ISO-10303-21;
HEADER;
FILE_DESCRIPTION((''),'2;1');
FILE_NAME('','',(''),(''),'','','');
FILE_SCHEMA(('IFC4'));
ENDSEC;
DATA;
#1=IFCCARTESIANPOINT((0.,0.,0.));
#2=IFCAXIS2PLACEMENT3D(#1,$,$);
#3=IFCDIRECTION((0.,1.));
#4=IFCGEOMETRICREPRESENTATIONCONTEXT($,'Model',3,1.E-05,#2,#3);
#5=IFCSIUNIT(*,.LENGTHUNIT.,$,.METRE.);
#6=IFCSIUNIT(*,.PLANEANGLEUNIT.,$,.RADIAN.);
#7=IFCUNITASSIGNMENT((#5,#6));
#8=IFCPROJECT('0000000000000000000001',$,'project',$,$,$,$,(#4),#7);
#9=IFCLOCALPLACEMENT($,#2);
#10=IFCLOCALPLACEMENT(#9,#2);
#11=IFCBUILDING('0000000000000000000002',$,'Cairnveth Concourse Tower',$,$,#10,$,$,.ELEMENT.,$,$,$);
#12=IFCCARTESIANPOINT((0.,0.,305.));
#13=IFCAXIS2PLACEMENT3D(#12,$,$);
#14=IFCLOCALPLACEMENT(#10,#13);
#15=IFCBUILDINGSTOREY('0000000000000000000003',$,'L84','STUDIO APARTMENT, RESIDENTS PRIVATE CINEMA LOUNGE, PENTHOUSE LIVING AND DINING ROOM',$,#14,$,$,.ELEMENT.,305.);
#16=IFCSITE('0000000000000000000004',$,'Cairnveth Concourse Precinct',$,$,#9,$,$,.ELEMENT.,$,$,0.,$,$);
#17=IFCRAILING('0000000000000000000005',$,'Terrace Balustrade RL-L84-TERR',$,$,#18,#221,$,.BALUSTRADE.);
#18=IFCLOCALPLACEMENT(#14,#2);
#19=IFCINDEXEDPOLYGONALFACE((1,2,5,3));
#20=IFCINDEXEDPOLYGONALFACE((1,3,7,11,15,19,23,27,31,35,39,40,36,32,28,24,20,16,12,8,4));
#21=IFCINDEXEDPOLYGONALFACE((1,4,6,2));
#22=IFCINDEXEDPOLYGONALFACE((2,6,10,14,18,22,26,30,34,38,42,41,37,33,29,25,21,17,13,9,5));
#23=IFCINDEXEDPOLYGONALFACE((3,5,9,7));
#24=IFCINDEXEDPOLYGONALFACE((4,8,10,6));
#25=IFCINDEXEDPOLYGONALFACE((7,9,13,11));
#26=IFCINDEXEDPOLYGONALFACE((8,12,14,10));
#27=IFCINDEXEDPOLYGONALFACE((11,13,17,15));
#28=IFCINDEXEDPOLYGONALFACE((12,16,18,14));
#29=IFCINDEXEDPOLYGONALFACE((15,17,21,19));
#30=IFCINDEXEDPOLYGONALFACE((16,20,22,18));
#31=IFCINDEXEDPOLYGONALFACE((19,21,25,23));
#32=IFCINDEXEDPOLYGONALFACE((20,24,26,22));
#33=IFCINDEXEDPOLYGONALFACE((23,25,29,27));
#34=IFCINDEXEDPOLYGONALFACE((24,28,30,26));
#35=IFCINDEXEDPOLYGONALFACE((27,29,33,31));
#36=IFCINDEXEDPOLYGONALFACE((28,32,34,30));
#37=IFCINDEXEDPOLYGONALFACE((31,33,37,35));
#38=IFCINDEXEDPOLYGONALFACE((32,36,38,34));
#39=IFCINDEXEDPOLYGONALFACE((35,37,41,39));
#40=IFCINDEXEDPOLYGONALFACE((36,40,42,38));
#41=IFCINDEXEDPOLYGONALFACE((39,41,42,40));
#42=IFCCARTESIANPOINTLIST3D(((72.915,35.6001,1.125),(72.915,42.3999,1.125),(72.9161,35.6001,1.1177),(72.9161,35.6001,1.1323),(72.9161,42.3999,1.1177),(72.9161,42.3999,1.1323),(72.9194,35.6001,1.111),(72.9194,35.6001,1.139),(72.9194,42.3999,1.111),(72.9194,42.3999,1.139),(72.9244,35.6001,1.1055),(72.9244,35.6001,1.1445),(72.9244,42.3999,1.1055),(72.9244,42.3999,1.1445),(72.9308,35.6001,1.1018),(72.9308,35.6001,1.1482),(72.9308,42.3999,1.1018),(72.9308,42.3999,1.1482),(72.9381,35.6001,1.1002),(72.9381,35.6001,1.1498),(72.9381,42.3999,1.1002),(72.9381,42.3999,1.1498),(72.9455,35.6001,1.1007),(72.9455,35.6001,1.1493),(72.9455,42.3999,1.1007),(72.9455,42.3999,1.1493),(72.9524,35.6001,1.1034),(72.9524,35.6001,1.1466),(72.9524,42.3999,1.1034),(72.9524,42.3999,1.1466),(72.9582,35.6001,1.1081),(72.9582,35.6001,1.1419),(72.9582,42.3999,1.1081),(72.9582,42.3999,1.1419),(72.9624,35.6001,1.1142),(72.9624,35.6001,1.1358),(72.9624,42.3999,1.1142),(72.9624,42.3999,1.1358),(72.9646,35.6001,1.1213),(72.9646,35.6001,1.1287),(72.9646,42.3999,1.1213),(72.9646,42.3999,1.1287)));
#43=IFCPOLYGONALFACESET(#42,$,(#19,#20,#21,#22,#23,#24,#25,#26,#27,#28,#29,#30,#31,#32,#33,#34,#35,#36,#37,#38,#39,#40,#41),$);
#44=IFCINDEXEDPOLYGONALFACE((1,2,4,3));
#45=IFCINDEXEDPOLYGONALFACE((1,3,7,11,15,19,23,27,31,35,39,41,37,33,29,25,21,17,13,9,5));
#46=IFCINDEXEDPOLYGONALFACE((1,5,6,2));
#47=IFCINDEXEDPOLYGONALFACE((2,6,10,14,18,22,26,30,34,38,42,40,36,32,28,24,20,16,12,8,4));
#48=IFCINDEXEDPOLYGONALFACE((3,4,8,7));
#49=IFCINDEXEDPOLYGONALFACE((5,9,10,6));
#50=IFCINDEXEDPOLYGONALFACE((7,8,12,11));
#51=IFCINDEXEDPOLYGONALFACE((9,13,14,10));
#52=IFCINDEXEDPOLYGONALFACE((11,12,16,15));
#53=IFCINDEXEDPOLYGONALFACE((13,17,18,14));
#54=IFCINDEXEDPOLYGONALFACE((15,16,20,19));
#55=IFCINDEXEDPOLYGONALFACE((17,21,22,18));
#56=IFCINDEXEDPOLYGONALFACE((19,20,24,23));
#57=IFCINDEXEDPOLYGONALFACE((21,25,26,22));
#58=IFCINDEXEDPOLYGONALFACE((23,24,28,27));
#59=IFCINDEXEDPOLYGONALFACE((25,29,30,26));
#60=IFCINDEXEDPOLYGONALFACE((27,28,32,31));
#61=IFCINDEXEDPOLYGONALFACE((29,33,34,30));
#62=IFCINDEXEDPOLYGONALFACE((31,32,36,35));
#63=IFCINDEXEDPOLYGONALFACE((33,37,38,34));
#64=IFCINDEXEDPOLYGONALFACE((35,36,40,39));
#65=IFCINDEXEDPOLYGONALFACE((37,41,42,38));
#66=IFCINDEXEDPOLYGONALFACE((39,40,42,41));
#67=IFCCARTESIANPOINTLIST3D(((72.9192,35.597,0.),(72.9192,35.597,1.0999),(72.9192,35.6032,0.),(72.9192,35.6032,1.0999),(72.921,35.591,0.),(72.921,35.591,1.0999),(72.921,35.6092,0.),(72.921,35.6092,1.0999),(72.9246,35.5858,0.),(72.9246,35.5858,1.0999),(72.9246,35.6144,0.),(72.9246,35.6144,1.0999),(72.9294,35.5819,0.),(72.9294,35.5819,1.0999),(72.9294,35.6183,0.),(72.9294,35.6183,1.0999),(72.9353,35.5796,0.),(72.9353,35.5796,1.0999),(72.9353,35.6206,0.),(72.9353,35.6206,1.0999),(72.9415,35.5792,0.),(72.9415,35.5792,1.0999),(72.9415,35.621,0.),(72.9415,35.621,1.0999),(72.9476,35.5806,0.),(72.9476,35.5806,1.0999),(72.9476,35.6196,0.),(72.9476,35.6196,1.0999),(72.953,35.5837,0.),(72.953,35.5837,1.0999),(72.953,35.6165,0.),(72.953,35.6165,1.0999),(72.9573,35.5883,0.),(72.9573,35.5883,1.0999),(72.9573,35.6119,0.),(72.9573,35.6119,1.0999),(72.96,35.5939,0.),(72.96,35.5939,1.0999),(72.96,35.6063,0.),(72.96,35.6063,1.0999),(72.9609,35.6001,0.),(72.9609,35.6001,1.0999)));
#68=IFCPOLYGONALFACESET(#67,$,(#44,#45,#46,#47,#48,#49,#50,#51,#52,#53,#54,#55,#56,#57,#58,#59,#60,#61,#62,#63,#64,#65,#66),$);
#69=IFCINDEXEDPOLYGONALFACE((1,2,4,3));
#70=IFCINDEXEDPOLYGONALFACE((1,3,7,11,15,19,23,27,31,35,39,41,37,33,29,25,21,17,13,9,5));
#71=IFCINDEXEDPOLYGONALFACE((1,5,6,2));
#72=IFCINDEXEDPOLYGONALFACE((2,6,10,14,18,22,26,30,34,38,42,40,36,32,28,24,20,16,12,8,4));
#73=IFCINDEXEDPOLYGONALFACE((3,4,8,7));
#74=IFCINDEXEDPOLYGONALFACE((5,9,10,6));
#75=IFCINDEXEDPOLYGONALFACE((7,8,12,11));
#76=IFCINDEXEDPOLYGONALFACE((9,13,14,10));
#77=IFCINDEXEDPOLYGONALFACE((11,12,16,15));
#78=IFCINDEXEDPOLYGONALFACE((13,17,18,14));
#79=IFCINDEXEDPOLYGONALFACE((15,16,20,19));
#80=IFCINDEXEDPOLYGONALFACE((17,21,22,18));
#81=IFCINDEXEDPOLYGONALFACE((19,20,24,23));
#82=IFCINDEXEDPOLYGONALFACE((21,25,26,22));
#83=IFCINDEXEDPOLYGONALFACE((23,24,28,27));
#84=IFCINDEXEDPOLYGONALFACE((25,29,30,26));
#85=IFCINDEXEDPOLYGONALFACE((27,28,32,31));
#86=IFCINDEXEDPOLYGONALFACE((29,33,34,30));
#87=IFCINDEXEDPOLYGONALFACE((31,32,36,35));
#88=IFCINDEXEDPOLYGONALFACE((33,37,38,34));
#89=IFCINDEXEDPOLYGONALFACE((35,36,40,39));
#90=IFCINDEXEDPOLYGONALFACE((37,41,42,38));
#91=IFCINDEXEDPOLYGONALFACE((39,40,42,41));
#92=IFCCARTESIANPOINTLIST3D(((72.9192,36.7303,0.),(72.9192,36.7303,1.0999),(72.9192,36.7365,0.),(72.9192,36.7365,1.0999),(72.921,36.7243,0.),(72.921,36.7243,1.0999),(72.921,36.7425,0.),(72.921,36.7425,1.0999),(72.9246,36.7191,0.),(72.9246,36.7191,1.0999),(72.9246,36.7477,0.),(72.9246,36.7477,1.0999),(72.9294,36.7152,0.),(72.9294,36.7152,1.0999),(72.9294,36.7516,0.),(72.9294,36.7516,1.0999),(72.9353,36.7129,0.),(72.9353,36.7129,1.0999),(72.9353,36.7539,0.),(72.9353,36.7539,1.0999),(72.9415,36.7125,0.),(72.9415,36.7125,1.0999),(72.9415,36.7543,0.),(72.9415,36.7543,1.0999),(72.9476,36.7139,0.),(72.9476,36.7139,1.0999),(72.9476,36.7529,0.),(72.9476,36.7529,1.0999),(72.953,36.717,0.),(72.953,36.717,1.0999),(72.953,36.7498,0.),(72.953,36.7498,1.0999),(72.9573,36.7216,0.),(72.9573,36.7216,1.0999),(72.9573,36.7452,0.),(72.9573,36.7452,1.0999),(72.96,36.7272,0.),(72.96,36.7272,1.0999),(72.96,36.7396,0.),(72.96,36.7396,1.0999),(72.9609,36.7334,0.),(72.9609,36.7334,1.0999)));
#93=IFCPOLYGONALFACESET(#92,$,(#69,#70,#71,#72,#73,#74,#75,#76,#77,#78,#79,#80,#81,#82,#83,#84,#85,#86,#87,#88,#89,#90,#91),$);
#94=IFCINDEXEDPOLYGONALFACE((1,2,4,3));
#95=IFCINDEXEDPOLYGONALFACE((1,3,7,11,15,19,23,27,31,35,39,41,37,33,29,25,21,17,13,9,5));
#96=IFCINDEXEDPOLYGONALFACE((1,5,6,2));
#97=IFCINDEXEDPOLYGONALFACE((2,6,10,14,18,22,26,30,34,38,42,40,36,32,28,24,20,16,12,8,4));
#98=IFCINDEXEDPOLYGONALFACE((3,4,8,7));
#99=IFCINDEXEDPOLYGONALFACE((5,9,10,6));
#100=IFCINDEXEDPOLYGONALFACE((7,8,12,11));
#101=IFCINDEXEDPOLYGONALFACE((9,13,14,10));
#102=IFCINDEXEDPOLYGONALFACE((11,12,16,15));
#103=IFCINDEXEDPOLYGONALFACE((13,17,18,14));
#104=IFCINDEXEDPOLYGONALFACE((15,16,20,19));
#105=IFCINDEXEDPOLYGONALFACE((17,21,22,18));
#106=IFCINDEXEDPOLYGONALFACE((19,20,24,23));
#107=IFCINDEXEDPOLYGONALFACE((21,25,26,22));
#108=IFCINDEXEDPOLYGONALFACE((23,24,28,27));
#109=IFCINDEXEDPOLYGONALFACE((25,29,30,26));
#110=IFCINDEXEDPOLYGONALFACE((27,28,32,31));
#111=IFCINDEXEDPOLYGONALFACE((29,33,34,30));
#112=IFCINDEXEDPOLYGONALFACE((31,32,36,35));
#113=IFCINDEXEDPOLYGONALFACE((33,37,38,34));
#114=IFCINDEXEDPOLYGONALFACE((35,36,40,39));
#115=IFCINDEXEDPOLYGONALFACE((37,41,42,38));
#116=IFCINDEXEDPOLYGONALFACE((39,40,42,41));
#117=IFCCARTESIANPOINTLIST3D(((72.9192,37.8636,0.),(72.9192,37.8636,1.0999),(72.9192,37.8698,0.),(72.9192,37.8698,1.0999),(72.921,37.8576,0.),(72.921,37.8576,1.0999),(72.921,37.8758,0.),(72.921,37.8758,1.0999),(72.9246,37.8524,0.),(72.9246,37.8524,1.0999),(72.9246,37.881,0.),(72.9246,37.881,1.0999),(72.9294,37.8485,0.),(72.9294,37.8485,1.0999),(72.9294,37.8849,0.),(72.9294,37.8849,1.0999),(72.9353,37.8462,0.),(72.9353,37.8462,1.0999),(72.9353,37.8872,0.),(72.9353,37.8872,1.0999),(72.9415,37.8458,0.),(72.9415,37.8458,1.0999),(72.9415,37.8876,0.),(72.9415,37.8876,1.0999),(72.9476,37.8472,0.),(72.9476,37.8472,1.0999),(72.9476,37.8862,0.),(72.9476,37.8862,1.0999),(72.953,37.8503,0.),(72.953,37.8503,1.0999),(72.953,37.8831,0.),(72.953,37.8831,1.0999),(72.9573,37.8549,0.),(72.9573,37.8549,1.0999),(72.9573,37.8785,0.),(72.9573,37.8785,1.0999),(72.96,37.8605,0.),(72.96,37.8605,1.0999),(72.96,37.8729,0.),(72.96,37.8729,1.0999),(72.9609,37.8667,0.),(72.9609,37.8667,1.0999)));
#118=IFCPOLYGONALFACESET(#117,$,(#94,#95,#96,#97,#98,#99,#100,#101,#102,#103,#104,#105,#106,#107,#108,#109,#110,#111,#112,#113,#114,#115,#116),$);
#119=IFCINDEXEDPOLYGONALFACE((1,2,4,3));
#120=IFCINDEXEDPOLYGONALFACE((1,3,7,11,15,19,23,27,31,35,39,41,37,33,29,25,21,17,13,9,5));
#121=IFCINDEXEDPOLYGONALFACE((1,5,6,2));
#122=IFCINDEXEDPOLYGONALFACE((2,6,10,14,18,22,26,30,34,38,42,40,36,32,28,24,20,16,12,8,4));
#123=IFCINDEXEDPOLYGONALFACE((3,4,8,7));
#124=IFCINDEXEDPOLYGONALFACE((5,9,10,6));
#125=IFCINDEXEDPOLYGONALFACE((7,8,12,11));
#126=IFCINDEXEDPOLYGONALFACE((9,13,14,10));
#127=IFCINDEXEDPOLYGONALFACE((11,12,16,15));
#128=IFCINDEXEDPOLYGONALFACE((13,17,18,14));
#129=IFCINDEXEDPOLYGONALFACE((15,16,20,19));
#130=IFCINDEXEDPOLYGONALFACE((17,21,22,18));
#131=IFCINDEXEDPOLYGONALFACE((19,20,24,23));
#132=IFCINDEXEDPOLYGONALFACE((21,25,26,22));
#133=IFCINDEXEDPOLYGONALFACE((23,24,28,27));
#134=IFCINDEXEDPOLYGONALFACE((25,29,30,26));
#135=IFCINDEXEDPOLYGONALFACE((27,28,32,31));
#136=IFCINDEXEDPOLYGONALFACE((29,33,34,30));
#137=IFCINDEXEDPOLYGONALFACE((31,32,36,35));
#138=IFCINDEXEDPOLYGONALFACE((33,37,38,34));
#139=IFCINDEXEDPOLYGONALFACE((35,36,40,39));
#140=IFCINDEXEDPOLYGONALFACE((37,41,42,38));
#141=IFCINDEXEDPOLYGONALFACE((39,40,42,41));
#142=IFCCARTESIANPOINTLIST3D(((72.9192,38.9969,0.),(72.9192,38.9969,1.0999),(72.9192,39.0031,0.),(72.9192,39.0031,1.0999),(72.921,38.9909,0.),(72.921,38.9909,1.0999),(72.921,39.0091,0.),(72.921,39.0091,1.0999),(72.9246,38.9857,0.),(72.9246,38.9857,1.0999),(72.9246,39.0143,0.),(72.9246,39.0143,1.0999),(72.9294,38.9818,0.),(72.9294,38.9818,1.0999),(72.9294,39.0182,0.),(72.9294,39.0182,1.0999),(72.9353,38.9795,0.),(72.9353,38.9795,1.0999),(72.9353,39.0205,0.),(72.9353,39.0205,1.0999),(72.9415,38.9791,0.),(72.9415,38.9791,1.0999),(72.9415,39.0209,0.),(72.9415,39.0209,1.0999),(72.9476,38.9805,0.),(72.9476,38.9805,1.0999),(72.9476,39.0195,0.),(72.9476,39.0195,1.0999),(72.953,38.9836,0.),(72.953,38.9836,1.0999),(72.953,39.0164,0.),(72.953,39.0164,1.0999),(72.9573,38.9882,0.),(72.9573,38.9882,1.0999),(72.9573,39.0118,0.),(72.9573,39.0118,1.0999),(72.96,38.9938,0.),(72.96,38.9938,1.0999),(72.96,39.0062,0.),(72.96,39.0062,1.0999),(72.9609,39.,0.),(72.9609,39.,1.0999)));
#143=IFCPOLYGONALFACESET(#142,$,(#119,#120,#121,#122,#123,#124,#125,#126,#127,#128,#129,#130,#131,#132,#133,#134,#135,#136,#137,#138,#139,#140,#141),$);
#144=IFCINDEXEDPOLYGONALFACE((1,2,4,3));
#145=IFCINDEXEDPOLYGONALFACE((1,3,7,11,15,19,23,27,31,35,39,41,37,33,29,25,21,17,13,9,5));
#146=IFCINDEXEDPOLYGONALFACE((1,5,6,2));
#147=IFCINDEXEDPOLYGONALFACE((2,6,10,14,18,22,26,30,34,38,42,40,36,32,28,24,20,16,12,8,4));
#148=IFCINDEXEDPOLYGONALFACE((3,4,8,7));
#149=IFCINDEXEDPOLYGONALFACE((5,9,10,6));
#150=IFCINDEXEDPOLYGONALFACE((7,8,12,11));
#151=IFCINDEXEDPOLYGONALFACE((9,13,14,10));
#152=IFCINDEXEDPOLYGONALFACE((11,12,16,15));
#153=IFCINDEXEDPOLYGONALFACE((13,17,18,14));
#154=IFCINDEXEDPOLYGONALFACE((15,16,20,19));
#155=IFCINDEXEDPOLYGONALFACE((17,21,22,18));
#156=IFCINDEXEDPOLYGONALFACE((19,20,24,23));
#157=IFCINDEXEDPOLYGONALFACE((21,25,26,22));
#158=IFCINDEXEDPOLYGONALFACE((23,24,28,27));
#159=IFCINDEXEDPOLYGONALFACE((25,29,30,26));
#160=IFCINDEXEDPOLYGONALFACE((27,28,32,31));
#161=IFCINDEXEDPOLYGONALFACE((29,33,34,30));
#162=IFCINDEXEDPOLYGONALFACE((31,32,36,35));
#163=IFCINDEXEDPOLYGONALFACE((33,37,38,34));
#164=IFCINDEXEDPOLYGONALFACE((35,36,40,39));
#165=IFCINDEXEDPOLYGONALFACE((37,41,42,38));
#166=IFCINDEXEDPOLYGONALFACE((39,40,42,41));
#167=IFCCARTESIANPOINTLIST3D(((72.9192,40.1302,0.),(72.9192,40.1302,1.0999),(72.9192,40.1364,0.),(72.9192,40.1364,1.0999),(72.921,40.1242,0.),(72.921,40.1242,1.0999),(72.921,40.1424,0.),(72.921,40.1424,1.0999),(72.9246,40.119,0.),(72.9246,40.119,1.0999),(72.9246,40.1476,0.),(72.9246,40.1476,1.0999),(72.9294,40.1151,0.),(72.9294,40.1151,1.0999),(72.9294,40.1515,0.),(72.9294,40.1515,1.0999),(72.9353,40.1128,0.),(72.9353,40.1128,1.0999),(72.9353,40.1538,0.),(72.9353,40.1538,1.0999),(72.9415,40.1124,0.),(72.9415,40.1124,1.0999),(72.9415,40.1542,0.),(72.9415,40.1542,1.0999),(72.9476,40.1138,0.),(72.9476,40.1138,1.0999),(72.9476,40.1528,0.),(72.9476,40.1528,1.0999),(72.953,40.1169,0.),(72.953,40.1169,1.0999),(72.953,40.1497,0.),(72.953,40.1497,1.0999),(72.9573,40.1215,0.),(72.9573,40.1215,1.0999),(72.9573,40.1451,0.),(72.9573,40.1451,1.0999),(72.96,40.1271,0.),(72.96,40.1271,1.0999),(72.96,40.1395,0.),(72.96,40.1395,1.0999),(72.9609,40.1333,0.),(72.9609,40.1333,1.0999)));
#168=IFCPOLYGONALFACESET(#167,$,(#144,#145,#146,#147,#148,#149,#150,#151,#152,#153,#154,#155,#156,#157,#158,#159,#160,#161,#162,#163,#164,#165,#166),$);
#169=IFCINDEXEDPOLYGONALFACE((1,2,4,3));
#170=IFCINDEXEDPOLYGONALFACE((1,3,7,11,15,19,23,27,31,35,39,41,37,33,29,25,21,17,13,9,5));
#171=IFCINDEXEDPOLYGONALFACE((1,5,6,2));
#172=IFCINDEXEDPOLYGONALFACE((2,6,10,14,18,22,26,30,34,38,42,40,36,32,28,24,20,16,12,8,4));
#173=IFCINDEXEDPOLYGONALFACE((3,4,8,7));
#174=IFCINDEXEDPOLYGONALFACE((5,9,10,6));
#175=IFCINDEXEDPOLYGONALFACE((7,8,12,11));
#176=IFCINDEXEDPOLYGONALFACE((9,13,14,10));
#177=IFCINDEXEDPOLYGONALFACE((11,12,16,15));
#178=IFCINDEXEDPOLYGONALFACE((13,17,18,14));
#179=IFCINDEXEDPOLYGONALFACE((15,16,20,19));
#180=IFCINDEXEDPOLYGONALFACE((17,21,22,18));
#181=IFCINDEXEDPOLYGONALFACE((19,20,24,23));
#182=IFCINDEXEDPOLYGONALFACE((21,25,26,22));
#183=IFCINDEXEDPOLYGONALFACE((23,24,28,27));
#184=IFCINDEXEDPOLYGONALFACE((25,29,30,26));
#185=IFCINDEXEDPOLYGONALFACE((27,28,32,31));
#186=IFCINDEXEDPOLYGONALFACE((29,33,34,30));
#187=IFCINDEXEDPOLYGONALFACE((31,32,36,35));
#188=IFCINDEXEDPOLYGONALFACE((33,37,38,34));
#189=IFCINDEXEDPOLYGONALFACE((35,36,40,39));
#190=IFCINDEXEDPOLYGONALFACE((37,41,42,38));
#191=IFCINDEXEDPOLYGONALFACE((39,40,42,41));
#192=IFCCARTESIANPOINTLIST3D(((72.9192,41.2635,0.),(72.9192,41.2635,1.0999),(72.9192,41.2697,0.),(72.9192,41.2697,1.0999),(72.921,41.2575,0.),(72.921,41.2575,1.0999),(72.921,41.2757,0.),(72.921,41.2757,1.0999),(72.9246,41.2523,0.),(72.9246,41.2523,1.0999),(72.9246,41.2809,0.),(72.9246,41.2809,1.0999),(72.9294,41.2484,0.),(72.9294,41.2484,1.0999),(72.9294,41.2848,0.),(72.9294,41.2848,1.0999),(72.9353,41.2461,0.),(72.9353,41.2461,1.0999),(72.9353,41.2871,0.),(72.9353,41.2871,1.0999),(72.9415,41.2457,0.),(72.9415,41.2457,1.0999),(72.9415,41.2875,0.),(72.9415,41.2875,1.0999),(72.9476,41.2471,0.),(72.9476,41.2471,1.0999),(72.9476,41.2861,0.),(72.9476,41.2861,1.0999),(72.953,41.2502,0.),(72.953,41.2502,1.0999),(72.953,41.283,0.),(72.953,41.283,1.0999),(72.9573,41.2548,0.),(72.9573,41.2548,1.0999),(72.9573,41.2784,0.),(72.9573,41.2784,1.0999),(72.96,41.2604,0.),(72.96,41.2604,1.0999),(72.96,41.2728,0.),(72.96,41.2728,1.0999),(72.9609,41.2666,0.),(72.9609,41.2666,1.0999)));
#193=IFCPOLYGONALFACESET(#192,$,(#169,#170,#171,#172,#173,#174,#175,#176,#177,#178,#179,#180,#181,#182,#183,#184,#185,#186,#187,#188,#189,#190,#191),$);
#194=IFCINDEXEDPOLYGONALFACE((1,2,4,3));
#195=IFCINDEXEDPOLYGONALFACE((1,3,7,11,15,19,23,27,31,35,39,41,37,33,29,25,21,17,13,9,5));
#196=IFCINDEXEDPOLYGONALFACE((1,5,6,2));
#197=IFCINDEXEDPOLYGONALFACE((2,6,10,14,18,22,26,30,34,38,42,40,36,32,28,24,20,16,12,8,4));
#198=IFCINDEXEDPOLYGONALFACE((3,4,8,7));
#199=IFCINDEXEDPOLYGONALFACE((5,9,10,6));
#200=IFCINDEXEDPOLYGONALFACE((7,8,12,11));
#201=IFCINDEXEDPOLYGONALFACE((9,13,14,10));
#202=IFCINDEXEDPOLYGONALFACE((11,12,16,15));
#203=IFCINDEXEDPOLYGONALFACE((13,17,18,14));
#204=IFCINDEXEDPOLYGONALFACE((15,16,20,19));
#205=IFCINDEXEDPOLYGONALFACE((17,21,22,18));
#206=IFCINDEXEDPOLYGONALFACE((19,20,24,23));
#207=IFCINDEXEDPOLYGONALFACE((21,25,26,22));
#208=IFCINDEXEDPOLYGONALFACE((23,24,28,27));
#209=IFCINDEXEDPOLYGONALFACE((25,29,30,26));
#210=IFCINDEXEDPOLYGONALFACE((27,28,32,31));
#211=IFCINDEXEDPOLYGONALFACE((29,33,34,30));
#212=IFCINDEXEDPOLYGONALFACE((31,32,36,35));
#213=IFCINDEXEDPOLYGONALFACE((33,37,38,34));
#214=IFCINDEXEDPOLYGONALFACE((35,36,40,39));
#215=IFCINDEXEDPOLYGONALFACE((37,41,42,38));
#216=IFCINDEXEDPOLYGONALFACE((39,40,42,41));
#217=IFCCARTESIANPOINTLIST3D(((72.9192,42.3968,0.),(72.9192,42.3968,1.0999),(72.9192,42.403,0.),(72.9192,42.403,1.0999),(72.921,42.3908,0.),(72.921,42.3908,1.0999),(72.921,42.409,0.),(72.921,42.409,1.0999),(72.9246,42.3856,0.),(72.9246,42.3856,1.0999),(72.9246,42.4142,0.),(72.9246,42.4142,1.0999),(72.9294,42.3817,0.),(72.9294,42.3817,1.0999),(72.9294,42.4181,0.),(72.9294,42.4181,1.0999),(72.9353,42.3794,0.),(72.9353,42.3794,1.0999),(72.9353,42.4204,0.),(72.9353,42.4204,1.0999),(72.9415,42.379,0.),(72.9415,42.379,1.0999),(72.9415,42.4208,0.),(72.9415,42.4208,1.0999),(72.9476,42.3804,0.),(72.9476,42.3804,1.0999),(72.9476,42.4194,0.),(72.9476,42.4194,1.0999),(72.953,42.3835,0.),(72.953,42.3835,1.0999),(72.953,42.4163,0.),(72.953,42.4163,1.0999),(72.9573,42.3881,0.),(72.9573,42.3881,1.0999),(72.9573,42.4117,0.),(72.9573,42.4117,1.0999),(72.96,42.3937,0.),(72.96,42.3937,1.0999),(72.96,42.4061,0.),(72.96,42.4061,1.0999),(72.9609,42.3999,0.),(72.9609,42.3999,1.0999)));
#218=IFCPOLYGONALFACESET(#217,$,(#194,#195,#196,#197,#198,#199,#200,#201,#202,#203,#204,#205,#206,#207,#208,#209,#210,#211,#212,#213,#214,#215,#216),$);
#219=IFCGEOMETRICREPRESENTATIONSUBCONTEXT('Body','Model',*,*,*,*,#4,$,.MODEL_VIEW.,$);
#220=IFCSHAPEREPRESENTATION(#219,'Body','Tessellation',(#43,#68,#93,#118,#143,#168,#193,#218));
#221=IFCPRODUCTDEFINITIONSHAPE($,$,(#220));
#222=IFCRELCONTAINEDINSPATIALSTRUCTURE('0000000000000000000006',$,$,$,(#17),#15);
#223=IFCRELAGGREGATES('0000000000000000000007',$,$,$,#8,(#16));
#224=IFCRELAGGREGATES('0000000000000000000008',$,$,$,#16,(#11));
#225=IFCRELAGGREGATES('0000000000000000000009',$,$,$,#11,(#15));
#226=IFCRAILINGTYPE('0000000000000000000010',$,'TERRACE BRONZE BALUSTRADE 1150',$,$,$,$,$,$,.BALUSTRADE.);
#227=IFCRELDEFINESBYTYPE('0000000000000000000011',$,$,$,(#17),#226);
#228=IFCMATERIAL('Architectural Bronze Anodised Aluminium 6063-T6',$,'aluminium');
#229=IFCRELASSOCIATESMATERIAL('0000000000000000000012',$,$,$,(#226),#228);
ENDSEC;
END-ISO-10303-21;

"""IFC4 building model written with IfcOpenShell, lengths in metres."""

from ifc_helpers import new_model, si_unit, direction, frame, origin, origin_2d, place, context, subcontext, project, spatial, circle, extrude, material, type_object, element, save


model = new_model("IFC4")

# Units and contexts
model_context = context("Model", 3, precision=1e-05, world=origin(), true_north=direction((0.0, 1.0)))
body_context = subcontext(model_context, "Body", "Model", "MODEL_VIEW")
ifc_project = project(units=[si_unit("LENGTHUNIT", "METRE"), si_unit("PLANEANGLEUNIT", "RADIAN")], contexts=[model_context])

# Site, building, storey
site_placement = place(None, origin())
site = spatial("IfcSite", under=ifc_project, at=site_placement, Name="Cairnveth Concourse Precinct", CompositionType="ELEMENT", RefElevation=0.0)
building_placement = place(site_placement, origin())
building = spatial("IfcBuilding", under=site, at=building_placement, Name="Cairnveth Concourse Tower", CompositionType="ELEMENT")
storey_placement = place(building_placement, frame((0.0, 0.0, 305.0)))
storey = spatial("IfcBuildingStorey", under=building, at=storey_placement, Name="L84", Description="STUDIO APARTMENT, RESIDENTS PRIVATE CINEMA LOUNGE, PENTHOUSE LIVING AND DINING ROOM", CompositionType="ELEMENT", Elevation=305.0)

# Railing
ifc_material_1 = material(Name="Architectural Bronze Anodised Aluminium 6063-T6", Category="aluminium")
railing_type = type_object("IfcRailingType", Name="TERRACE BRONZE BALUSTRADE 1150", PredefinedType="BALUSTRADE", material=ifc_material_1)
railing_placement = place(storey_placement, frame((72.9399, 35.6001, 0.0)))
element("IfcRailing", 1, at=railing_placement, inside=storey, type_object=railing_type, Name="Terrace Balustrade RL-L84-TERR", PredefinedType="BALUSTRADE", context=body_context, shape_type="SweptSolid", body=[
    extrude(circle(Radius=0.0249, at=origin_2d()), frame((0.0, 0.0, 1.125), z_axis=(0.0, 1.0, 0.0), x_axis=(-1.0, 0.0, 0.0)), (0.0, 0.0, 1.0), 6.7998),
    extrude(circle(Radius=0.021, at=origin_2d()), origin(), (0.0, 0.0, 1.0), 1.0999),
    extrude(circle(Radius=0.021, at=origin_2d()), frame((0.0, 1.1333, 0.0)), (0.0, 0.0, 1.0), 1.0999),
    extrude(circle(Radius=0.021, at=origin_2d()), frame((0.0, 2.2666, 0.0)), (0.0, 0.0, 1.0), 1.0999),
    extrude(circle(Radius=0.021, at=origin_2d()), frame((0.0, 3.3999, 0.0)), (0.0, 0.0, 1.0), 1.0999),
    extrude(circle(Radius=0.021, at=origin_2d()), frame((0.0, 4.5332, 0.0)), (0.0, 0.0, 1.0), 1.0999),
    extrude(circle(Radius=0.021, at=origin_2d()), frame((0.0, 5.6665, 0.0)), (0.0, 0.0, 1.0), 1.0999),
    extrude(circle(Radius=0.021, at=origin_2d()), frame((0.0, 6.7998, 0.0)), (0.0, 0.0, 1.0), 1.0999),
])

save(model, "model.ifc")
